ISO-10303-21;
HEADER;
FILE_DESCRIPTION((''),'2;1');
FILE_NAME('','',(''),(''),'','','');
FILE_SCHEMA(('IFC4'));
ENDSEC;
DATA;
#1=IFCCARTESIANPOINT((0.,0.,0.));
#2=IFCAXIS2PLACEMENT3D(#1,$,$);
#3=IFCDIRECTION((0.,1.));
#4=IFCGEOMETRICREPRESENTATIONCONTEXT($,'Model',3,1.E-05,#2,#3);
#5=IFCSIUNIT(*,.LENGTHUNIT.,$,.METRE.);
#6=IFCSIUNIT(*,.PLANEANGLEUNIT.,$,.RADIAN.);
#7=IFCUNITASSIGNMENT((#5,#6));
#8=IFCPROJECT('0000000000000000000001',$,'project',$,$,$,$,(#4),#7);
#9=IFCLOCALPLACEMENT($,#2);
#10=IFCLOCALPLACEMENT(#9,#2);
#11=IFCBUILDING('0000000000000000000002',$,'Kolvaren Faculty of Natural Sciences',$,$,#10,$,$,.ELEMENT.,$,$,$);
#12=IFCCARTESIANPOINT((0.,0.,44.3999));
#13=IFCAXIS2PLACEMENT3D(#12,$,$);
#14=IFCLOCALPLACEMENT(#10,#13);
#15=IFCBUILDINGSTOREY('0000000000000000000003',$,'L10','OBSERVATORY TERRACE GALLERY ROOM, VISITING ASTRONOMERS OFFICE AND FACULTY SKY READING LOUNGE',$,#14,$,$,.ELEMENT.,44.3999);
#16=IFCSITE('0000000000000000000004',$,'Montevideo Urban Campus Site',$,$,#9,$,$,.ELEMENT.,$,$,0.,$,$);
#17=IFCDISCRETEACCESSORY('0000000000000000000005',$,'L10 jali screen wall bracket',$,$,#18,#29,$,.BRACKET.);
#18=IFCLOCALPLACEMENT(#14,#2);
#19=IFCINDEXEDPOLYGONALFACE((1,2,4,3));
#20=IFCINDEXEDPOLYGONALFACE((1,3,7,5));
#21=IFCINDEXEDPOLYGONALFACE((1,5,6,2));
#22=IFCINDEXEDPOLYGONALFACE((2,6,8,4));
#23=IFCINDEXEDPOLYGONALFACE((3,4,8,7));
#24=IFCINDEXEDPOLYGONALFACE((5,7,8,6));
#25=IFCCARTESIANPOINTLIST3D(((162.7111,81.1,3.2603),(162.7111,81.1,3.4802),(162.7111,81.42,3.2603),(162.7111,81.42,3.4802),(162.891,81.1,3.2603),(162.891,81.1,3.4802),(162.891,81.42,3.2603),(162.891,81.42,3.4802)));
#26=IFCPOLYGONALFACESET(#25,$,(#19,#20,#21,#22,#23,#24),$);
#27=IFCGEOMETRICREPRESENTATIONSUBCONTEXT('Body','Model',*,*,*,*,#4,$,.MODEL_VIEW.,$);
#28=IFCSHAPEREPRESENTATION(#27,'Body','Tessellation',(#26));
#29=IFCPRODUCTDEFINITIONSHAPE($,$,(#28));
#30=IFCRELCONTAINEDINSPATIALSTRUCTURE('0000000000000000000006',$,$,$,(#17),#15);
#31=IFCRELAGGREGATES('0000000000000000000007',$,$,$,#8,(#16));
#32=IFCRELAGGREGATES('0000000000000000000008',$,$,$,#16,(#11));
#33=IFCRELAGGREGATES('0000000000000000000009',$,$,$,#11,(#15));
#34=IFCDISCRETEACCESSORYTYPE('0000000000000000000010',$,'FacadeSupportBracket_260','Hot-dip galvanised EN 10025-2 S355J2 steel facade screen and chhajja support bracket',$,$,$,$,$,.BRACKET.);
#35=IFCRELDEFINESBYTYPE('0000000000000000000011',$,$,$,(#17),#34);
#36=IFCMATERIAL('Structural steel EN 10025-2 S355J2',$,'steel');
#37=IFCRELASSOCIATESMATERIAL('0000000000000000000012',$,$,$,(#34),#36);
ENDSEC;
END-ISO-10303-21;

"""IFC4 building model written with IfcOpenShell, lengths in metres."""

from ifc_helpers import new_model, si_unit, direction, frame, origin, origin_2d, place, context, subcontext, project, spatial, rectangle, extrude, material, type_object, element, save


model = new_model("IFC4")

# Units and contexts
model_context = context("Model", 3, precision=1e-05, world=origin(), true_north=direction((0.0, 1.0)))
body_context = subcontext(model_context, "Body", "Model", "MODEL_VIEW")
ifc_project = project(units=[si_unit("LENGTHUNIT", "METRE"), si_unit("PLANEANGLEUNIT", "RADIAN")], contexts=[model_context])

# Site, building, storey
site_placement = place(None, origin())
site = spatial("IfcSite", under=ifc_project, at=site_placement, Name="Montevideo Urban Campus Site", CompositionType="ELEMENT", RefElevation=0.0)
building_placement = place(site_placement, origin())
building = spatial("IfcBuilding", under=site, at=building_placement, Name="Kolvaren Faculty of Natural Sciences", CompositionType="ELEMENT")
storey_placement = place(building_placement, frame((0.0, 0.0, 44.3999)))
storey = spatial("IfcBuildingStorey", under=building, at=storey_placement, Name="L10", Description="OBSERVATORY TERRACE GALLERY ROOM, VISITING ASTRONOMERS OFFICE AND FACULTY SKY READING LOUNGE", CompositionType="ELEMENT", Elevation=44.3999)

# Discrete accessory
ifc_material_1 = material(Name="Structural steel EN 10025-2 S355J2", Category="steel")
discrete_accessory_type = type_object("IfcDiscreteAccessoryType", Name="FacadeSupportBracket_260", Description="Hot-dip galvanised EN 10025-2 S355J2 steel facade screen and chhajja support bracket", PredefinedType="BRACKET", material=ifc_material_1)
for number, where, z_axis, x_axis, name in (
    (1, (162.801, 81.26, 3.2603), (0.0, 0.0, 1.0), (1.0, 0.0, 0.0), "L10 jali screen wall bracket"),
):
    element("IfcDiscreteAccessory", number, at=place(storey_placement, frame(where, z_axis=z_axis, x_axis=x_axis)), inside=storey, type_object=discrete_accessory_type, Name=name, PredefinedType="BRACKET", context=body_context, shape_type="SweptSolid", body=[
        extrude(rectangle(XDim=0.1799, YDim=0.3201, at=origin_2d()), origin(), (0.0, 0.0, 1.0), 0.22),
    ])

save(model, "model.ifc")
